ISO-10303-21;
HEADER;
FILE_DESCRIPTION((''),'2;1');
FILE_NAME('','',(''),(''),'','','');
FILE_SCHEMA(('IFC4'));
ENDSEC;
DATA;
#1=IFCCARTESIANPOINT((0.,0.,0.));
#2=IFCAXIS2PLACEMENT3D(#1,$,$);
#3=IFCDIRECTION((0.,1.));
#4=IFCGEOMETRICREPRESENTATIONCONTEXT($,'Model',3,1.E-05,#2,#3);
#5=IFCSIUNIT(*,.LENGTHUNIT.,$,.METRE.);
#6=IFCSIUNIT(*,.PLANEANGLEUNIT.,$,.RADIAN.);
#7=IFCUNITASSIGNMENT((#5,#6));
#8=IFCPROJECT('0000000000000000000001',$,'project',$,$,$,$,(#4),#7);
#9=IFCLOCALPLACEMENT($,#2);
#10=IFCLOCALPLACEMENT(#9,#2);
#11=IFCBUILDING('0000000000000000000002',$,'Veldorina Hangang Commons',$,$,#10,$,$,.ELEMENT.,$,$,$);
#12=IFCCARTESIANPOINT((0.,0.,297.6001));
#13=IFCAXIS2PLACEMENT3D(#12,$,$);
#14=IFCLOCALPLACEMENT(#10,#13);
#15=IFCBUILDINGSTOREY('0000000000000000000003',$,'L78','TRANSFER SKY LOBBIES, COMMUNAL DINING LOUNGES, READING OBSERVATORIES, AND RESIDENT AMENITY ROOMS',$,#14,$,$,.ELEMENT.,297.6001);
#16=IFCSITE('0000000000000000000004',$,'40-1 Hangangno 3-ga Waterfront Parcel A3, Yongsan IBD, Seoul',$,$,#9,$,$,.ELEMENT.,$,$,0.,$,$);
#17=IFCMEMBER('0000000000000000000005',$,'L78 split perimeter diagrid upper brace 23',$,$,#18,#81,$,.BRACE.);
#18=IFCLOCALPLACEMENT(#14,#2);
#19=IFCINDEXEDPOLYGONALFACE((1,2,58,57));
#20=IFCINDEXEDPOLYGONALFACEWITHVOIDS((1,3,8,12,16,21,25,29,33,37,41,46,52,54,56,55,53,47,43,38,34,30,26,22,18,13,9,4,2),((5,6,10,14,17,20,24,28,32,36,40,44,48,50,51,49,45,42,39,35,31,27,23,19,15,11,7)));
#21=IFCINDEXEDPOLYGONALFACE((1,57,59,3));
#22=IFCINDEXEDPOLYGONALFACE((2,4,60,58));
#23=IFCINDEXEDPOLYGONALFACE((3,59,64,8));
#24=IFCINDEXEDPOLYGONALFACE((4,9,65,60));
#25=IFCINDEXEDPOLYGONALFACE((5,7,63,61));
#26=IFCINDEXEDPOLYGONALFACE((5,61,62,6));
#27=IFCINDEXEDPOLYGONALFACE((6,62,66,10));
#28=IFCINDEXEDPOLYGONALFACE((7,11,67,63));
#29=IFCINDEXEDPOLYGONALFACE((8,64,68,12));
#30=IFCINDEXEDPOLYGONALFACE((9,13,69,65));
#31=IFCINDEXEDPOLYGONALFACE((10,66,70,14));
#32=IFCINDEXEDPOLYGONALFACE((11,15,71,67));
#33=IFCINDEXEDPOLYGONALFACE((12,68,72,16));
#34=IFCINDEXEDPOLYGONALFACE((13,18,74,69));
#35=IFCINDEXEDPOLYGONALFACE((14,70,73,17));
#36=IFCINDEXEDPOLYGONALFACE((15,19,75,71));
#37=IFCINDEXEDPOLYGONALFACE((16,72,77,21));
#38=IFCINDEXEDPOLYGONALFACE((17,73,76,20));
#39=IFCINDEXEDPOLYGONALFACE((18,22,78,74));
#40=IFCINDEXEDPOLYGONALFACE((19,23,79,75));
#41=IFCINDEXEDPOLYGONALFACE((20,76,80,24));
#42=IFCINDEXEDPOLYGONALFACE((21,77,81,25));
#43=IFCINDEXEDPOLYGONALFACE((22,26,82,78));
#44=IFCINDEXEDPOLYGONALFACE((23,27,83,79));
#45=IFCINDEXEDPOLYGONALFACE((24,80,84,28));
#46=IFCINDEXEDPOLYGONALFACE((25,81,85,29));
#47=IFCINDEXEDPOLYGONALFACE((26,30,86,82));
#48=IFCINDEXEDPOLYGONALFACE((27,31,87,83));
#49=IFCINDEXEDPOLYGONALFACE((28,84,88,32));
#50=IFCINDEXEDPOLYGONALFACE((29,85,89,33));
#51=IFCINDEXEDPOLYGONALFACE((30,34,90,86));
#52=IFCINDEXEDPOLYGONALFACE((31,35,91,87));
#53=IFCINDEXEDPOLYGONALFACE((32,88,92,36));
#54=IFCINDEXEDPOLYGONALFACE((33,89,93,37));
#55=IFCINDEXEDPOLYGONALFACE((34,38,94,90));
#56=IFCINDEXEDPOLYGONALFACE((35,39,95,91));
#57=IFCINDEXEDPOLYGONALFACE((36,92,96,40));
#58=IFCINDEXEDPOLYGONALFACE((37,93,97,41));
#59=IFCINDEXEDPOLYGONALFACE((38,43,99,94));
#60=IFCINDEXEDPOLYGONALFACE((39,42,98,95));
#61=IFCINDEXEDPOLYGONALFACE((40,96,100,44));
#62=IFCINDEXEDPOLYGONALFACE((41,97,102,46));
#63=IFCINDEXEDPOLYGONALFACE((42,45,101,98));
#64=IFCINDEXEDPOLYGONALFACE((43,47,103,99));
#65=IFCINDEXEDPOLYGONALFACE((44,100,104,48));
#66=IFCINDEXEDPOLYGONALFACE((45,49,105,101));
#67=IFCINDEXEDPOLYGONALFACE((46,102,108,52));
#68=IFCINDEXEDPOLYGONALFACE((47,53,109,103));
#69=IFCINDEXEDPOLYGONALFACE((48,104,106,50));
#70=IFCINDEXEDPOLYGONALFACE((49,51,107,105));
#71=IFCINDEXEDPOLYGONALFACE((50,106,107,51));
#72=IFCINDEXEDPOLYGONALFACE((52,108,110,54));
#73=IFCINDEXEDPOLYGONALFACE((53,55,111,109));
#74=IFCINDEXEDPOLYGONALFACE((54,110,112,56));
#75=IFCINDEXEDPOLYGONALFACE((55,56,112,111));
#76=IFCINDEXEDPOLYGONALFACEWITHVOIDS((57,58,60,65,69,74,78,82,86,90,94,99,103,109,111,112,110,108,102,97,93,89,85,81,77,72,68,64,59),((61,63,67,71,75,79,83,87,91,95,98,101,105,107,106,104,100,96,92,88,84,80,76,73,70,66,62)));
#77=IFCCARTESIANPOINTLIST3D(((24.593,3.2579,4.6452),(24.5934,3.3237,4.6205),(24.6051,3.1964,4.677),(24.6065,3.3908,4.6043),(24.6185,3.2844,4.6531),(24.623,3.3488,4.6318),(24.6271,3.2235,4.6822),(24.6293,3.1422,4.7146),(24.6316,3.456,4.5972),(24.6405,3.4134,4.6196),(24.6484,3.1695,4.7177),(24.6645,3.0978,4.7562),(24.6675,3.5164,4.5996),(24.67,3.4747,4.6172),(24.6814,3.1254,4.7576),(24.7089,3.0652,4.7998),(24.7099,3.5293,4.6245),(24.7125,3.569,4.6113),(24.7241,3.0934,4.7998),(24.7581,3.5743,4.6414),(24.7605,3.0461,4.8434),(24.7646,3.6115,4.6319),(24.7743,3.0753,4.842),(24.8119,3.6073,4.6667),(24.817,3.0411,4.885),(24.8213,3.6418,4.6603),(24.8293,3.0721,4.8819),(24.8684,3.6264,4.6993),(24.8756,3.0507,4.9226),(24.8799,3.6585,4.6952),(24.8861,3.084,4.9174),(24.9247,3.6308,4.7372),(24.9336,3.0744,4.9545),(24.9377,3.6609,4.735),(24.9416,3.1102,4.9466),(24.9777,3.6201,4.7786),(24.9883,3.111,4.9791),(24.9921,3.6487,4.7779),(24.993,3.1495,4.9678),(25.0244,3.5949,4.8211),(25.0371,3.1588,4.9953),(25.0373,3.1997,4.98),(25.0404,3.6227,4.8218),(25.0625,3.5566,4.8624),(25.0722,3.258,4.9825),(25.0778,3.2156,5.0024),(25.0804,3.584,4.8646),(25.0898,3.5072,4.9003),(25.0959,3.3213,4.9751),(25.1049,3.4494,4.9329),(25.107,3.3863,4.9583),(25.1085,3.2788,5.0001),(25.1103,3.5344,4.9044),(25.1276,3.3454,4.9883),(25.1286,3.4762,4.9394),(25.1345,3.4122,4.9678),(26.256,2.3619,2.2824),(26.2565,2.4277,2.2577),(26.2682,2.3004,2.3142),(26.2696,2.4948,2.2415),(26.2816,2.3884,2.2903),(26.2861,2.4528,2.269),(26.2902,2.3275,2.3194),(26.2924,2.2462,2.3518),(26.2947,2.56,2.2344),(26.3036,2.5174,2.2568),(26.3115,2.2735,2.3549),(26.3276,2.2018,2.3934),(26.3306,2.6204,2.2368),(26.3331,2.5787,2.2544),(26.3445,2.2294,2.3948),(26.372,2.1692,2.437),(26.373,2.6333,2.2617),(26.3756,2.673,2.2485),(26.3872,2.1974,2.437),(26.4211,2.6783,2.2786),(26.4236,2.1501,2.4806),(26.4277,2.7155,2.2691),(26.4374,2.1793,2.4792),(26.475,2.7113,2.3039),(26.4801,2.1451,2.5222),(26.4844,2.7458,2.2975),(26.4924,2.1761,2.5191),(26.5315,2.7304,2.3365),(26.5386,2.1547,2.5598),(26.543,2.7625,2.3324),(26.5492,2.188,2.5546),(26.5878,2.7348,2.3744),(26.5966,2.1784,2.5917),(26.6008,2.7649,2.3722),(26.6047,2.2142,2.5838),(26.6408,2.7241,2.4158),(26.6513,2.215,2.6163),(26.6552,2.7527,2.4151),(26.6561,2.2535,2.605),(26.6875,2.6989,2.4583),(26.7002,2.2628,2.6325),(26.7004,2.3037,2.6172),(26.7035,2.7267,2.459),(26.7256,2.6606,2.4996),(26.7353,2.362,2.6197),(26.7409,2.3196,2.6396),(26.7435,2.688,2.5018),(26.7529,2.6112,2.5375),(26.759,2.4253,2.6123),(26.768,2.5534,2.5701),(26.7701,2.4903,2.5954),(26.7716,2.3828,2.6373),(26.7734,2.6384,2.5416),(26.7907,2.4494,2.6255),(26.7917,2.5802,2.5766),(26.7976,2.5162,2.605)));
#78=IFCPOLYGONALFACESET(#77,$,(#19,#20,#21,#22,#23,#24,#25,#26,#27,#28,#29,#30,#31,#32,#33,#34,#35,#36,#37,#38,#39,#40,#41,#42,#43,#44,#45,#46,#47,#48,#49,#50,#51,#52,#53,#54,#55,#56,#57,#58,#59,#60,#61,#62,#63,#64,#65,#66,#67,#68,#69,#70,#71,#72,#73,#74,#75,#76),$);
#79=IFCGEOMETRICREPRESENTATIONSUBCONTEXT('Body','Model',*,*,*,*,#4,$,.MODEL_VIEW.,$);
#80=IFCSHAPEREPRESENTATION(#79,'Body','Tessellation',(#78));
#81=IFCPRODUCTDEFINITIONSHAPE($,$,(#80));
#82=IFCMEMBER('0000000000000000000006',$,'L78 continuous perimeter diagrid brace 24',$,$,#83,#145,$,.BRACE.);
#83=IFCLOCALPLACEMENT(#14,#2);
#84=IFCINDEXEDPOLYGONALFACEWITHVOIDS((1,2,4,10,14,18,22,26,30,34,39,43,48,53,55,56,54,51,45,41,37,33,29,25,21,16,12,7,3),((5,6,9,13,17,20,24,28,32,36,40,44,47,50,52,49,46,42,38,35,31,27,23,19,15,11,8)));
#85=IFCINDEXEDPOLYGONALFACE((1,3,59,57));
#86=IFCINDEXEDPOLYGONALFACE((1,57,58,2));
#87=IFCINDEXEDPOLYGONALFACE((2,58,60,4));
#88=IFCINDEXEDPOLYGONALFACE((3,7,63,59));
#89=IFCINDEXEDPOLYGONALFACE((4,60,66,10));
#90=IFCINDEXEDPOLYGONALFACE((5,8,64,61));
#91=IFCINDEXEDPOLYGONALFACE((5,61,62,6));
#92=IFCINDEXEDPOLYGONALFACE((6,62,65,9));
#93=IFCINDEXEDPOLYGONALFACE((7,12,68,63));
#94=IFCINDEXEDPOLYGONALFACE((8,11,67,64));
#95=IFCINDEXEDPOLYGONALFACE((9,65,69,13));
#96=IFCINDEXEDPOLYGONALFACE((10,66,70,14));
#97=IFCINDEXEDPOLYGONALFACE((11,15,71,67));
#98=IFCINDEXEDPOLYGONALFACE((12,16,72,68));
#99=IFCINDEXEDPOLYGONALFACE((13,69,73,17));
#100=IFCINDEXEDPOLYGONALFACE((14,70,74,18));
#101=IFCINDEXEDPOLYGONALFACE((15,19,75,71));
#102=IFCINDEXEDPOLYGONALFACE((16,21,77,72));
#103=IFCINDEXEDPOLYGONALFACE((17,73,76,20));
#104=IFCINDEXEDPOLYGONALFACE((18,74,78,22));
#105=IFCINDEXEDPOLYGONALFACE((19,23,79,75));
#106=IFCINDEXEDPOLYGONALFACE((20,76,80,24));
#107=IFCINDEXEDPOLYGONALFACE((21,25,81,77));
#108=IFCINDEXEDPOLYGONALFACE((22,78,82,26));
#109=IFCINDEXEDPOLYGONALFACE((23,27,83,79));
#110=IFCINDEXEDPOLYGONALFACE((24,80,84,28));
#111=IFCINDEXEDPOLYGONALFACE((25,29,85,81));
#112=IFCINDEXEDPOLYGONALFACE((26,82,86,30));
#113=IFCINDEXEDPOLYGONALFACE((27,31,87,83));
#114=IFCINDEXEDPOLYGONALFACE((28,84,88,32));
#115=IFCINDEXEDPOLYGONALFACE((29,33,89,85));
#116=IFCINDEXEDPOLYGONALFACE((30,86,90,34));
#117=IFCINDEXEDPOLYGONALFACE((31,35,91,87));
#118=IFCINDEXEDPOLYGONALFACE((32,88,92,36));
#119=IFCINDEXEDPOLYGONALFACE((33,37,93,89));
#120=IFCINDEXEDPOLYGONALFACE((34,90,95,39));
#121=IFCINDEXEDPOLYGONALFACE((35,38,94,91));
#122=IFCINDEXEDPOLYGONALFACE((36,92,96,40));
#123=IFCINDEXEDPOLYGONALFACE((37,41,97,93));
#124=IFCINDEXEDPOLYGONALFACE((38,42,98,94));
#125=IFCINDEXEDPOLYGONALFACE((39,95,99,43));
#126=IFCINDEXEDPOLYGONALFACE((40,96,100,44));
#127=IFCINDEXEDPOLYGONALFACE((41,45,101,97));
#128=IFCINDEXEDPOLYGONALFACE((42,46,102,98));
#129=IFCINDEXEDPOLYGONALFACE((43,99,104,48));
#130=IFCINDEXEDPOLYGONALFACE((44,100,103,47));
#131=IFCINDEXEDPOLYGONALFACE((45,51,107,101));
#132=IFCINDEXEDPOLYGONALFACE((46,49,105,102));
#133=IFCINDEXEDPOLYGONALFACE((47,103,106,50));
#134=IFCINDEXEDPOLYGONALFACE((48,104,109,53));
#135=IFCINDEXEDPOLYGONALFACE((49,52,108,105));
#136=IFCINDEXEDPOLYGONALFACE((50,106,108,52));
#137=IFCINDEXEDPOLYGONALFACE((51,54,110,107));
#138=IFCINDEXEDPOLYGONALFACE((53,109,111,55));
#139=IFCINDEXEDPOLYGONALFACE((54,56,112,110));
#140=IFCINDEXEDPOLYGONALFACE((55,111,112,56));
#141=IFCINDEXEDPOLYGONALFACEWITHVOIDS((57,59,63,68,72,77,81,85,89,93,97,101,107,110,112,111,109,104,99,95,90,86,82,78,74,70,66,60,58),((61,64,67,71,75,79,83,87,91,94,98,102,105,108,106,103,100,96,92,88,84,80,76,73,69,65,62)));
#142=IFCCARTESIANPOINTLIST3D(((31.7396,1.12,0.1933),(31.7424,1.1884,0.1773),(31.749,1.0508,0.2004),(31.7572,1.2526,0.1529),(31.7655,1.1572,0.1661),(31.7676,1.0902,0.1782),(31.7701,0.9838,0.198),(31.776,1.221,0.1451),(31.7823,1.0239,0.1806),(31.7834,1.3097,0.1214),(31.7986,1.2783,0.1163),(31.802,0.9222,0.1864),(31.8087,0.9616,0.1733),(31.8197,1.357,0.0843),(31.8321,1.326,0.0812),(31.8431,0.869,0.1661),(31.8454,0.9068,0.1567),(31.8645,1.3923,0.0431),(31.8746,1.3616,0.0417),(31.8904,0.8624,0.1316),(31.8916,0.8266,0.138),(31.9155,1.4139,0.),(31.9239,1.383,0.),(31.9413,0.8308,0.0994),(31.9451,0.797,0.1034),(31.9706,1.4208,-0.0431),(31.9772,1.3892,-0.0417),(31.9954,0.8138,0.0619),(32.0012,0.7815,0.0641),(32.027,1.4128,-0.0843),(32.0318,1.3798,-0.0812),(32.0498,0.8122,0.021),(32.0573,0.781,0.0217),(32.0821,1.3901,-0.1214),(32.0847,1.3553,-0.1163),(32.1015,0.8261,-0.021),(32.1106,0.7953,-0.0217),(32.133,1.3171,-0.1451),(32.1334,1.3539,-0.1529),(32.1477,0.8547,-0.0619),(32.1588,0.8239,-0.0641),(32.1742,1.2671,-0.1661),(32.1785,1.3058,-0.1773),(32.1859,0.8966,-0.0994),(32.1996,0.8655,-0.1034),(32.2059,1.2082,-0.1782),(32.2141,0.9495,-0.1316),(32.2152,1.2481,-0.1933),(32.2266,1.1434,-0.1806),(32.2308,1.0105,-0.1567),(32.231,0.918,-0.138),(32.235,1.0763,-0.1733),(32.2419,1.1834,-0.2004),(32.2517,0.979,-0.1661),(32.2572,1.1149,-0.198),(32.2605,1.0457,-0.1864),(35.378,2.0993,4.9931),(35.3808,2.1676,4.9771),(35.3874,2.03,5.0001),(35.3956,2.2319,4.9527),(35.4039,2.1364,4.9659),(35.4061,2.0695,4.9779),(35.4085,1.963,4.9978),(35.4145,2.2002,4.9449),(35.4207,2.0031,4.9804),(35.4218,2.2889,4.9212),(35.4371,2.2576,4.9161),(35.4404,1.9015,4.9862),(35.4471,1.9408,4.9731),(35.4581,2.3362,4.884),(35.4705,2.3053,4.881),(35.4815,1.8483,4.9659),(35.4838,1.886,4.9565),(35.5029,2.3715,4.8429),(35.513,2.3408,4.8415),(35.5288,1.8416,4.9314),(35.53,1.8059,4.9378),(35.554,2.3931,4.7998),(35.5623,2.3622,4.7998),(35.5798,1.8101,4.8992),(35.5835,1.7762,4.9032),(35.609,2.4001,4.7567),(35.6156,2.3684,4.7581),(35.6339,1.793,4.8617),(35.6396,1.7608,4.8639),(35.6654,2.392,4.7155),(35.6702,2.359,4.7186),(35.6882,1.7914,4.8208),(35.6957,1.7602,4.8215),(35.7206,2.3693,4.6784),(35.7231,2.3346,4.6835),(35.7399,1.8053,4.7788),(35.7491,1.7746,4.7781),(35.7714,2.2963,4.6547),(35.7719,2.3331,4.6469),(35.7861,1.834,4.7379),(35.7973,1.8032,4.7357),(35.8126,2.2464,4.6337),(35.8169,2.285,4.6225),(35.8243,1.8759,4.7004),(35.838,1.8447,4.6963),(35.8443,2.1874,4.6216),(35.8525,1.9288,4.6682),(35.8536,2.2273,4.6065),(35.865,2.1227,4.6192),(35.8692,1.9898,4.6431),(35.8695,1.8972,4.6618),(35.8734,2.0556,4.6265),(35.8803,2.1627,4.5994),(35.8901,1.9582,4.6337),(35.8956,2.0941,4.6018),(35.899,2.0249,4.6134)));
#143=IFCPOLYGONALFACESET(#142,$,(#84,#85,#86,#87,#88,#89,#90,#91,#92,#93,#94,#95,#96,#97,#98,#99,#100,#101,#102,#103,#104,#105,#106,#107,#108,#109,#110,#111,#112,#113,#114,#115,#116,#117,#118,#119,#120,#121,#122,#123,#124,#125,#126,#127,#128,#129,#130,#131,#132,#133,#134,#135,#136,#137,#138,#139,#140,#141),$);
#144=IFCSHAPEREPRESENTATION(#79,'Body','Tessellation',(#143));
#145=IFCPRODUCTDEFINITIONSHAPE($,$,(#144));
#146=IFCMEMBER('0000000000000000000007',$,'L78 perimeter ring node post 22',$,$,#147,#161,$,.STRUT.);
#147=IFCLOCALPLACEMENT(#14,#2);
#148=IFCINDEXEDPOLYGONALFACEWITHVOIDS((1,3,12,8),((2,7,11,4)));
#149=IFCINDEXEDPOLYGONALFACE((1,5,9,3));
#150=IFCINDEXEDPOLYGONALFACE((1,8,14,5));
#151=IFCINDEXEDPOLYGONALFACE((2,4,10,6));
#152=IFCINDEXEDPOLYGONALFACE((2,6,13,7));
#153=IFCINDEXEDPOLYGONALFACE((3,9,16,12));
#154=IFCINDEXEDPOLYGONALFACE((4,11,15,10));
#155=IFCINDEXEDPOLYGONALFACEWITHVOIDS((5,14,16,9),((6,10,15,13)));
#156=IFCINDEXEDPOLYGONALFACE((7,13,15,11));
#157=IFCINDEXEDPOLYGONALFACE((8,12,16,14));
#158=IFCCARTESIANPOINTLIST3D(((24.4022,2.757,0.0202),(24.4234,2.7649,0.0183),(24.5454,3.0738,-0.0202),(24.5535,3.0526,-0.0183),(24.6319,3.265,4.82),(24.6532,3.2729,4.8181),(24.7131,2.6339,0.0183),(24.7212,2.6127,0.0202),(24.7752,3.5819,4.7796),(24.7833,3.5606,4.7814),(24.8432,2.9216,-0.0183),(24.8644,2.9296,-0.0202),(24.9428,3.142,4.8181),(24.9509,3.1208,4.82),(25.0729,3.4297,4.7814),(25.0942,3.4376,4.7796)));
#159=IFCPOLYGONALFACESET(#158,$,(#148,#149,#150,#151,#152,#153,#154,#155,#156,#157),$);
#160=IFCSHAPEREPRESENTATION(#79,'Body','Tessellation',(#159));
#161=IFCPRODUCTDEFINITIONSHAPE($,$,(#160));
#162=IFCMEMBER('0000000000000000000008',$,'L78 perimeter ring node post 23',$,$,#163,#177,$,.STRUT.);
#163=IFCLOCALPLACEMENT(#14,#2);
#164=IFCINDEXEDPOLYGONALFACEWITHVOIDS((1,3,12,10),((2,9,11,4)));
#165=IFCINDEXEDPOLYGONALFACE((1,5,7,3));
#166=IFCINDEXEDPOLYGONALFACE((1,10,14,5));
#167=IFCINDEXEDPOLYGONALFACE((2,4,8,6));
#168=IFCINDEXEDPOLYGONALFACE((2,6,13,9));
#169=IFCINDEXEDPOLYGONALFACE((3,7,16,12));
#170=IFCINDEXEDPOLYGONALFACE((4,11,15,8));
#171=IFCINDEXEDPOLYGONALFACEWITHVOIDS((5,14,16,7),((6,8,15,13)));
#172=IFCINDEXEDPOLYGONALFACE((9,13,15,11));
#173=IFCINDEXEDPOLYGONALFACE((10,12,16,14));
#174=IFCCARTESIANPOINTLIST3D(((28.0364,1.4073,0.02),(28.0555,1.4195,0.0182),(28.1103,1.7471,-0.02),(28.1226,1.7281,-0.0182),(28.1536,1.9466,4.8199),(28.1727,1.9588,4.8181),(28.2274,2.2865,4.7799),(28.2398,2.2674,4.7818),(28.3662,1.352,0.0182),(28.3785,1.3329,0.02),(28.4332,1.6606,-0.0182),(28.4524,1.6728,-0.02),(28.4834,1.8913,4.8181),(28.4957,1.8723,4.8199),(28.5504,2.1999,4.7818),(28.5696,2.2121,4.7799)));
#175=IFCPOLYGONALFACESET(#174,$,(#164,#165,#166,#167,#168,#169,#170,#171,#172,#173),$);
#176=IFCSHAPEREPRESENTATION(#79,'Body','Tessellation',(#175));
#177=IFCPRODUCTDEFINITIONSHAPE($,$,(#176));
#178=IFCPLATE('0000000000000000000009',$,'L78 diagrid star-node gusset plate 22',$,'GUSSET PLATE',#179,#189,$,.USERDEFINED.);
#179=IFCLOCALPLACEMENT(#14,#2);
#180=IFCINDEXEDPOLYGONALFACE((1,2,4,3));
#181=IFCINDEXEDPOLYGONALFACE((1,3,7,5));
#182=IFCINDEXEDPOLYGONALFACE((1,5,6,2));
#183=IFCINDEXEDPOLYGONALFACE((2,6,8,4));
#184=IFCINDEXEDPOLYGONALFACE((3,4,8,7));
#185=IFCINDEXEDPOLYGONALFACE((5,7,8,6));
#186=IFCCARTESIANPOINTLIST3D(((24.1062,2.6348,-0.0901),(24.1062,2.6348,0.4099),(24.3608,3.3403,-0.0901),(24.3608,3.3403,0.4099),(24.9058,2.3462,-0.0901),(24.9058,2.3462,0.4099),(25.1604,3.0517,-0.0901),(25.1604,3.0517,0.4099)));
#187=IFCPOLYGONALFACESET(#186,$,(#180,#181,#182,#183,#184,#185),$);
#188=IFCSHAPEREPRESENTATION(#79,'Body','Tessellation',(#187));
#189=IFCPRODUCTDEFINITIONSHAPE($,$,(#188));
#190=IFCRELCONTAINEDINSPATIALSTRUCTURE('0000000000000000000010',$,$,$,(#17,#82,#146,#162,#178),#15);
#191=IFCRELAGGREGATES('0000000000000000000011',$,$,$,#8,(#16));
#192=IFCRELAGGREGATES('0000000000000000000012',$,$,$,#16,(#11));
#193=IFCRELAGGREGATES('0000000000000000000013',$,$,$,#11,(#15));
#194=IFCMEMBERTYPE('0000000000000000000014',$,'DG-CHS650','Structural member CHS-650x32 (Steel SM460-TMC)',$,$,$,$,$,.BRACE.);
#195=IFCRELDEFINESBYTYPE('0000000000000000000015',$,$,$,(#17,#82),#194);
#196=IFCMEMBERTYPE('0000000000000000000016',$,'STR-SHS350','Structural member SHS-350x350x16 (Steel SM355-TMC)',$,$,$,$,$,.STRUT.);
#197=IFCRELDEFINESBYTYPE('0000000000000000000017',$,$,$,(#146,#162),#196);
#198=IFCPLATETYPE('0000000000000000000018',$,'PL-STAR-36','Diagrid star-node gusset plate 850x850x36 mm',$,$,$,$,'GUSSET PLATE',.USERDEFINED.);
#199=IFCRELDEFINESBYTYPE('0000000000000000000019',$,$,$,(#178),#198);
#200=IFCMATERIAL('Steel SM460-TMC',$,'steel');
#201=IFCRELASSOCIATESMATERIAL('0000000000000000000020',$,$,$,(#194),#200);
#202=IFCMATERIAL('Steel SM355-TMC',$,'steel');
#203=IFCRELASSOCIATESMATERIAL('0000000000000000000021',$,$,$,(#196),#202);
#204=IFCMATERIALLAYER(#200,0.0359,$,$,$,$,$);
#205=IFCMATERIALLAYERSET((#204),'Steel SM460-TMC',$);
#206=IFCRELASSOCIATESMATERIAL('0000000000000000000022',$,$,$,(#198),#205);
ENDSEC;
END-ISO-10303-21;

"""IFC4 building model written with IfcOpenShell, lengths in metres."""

from ifc_helpers import new_model, si_unit, direction, frame, origin, origin_2d, place, context, subcontext, project, spatial, rectangle, hollow_rectangle, hollow_circle, extrude, material, layer, layer_set, material_profile, profile_set, type_object, element, save


model = new_model("IFC4")

# Units and contexts
model_context = context("Model", 3, precision=1e-05, world=origin(), true_north=direction((0.0, 1.0)))
body_context = subcontext(model_context, "Body", "Model", "MODEL_VIEW")
ifc_project = project(units=[si_unit("LENGTHUNIT", "METRE"), si_unit("PLANEANGLEUNIT", "RADIAN")], contexts=[model_context])

# Site, building, storey
site_placement = place(None, origin())
site = spatial("IfcSite", under=ifc_project, at=site_placement, Name="40-1 Hangangno 3-ga Waterfront Parcel A3, Yongsan IBD, Seoul", CompositionType="ELEMENT", RefElevation=0.0)
building_placement = place(site_placement, origin())
building = spatial("IfcBuilding", under=site, at=building_placement, Name="Veldorina Hangang Commons", CompositionType="ELEMENT")
storey_placement = place(building_placement, frame((0.0, 0.0, 297.6001)))
storey = spatial("IfcBuildingStorey", under=building, at=storey_placement, Name="L78", Description="TRANSFER SKY LOBBIES, COMMUNAL DINING LOUNGES, READING OBSERVATORIES, AND RESIDENT AMENITY ROOMS", CompositionType="ELEMENT", Elevation=297.6001)

# Shared definitions
ifc_material_1 = material(Name="Steel SM460-TMC", Category="steel")

# Members
ifc_material_profile_1 = material_profile(ifc_material_1, hollow_circle(Radius=0.325, WallThickness=0.032, at=origin_2d()), Name="CHS-650x32")
ifc_profile_set_1 = profile_set([ifc_material_profile_1], Name="Steel SM460-TMC")
member_type_1 = type_object("IfcMemberType", Name="DG-CHS650", Description="Structural member CHS-650x32 (Steel SM460-TMC)", PredefinedType="BRACE", material=ifc_profile_set_1)
member_1_placement = place(storey_placement, frame((26.5261, 2.4553, 2.437), z_axis=(-0.549756, 0.296184, 0.781053), x_axis=(-0.4743, -0.880363, 0.0)))
element("IfcMember", 1, at=member_1_placement, inside=storey, type_object=member_type_1, Name="L78 split perimeter diagrid upper brace 23", PredefinedType="BRACE", context=body_context, shape_type="SweptSolid", body=[
    extrude(hollow_circle(Radius=0.325, WallThickness=0.032, at=origin_2d()), origin(), (0.0, 0.0, 1.0), 3.0251),
])
member_2_placement = place(storey_placement, frame((32.0, 1.1001, 0.0), z_axis=(0.596262, 0.160478, 0.786587), x_axis=(-0.259892, 0.965638, 0.0)))
element("IfcMember", 2, at=member_2_placement, inside=storey, type_object=member_type_1, Name="L78 continuous perimeter diagrid brace 24", PredefinedType="BRACE", context=body_context, shape_type="SweptSolid", body=[
    extrude(hollow_circle(Radius=0.325, WallThickness=0.032, at=origin_2d()), origin(), (0.0, 0.0, 1.0), 6.1021),
])
ifc_material_2 = material(Name="Steel SM355-TMC", Category="steel")
ifc_material_profile_2 = material_profile(ifc_material_2, hollow_rectangle(XDim=0.3501, YDim=0.3501, WallThickness=0.0161, at=origin_2d()), Name="SHS-350x350x16")
ifc_profile_set_2 = profile_set([ifc_material_profile_2], Name="Steel SM355-TMC")
member_type_2 = type_object("IfcMemberType", Name="STR-SHS350", Description="Structural member SHS-350x350x16 (Steel SM355-TMC)", PredefinedType="STRUT", material=ifc_profile_set_2)
member_3_placement = place(storey_placement, frame((24.6333, 2.8433, 0.0), z_axis=(0.047544, 0.105142, 0.99332), x_axis=(-0.911174, 0.412021, 0.0)))
element("IfcMember", 3, at=member_3_placement, inside=storey, type_object=member_type_2, Name="L78 perimeter ring node post 22", PredefinedType="STRUT", context=body_context, shape_type="SweptSolid", body=[
    extrude(hollow_rectangle(XDim=0.3501, YDim=0.3501, WallThickness=0.0161, at=origin_2d()), origin(), (0.0, 0.0, 1.0), 4.832),
])
member_4_placement = place(storey_placement, frame((28.2444, 1.54, 0.0), z_axis=(0.024255, 0.111625, 0.993454), x_axis=(-0.977196, 0.212338, 0.0)))
element("IfcMember", 4, at=member_4_placement, inside=storey, type_object=member_type_2, Name="L78 perimeter ring node post 23", PredefinedType="STRUT", context=body_context, shape_type="SweptSolid", body=[
    extrude(hollow_rectangle(XDim=0.3501, YDim=0.3501, WallThickness=0.0161, at=origin_2d()), origin(), (0.0, 0.0, 1.0), 4.8315),
])

# Plate
ifc_layer_1 = layer(ifc_material_1, 0.0359)
ifc_layer_set_1 = layer_set([ifc_layer_1], Name="Steel SM460-TMC")
plate_type = type_object("IfcPlateType", Name="PL-STAR-36", Description="Diagrid star-node gusset plate 850x850x36 mm", ElementType="GUSSET PLATE", PredefinedType="USERDEFINED", material=ifc_layer_set_1)
plate_1_placement = place(storey_placement, frame((24.6333, 2.8433, -0.0901), z_axis=(0.0, 0.0, 1.0), x_axis=(0.940626, -0.339444, 0.0)))
element("IfcPlate", 5, at=plate_1_placement, inside=storey, type_object=plate_type, Name="L78 diagrid star-node gusset plate 22", ObjectType="GUSSET PLATE", PredefinedType="USERDEFINED", context=body_context, shape_type="SweptSolid", body=[
    extrude(rectangle(XDim=0.8501, YDim=0.75, at=origin_2d()), origin(), (0.0, 0.0, 1.0), 0.5),
])

save(model, "model.ifc")
